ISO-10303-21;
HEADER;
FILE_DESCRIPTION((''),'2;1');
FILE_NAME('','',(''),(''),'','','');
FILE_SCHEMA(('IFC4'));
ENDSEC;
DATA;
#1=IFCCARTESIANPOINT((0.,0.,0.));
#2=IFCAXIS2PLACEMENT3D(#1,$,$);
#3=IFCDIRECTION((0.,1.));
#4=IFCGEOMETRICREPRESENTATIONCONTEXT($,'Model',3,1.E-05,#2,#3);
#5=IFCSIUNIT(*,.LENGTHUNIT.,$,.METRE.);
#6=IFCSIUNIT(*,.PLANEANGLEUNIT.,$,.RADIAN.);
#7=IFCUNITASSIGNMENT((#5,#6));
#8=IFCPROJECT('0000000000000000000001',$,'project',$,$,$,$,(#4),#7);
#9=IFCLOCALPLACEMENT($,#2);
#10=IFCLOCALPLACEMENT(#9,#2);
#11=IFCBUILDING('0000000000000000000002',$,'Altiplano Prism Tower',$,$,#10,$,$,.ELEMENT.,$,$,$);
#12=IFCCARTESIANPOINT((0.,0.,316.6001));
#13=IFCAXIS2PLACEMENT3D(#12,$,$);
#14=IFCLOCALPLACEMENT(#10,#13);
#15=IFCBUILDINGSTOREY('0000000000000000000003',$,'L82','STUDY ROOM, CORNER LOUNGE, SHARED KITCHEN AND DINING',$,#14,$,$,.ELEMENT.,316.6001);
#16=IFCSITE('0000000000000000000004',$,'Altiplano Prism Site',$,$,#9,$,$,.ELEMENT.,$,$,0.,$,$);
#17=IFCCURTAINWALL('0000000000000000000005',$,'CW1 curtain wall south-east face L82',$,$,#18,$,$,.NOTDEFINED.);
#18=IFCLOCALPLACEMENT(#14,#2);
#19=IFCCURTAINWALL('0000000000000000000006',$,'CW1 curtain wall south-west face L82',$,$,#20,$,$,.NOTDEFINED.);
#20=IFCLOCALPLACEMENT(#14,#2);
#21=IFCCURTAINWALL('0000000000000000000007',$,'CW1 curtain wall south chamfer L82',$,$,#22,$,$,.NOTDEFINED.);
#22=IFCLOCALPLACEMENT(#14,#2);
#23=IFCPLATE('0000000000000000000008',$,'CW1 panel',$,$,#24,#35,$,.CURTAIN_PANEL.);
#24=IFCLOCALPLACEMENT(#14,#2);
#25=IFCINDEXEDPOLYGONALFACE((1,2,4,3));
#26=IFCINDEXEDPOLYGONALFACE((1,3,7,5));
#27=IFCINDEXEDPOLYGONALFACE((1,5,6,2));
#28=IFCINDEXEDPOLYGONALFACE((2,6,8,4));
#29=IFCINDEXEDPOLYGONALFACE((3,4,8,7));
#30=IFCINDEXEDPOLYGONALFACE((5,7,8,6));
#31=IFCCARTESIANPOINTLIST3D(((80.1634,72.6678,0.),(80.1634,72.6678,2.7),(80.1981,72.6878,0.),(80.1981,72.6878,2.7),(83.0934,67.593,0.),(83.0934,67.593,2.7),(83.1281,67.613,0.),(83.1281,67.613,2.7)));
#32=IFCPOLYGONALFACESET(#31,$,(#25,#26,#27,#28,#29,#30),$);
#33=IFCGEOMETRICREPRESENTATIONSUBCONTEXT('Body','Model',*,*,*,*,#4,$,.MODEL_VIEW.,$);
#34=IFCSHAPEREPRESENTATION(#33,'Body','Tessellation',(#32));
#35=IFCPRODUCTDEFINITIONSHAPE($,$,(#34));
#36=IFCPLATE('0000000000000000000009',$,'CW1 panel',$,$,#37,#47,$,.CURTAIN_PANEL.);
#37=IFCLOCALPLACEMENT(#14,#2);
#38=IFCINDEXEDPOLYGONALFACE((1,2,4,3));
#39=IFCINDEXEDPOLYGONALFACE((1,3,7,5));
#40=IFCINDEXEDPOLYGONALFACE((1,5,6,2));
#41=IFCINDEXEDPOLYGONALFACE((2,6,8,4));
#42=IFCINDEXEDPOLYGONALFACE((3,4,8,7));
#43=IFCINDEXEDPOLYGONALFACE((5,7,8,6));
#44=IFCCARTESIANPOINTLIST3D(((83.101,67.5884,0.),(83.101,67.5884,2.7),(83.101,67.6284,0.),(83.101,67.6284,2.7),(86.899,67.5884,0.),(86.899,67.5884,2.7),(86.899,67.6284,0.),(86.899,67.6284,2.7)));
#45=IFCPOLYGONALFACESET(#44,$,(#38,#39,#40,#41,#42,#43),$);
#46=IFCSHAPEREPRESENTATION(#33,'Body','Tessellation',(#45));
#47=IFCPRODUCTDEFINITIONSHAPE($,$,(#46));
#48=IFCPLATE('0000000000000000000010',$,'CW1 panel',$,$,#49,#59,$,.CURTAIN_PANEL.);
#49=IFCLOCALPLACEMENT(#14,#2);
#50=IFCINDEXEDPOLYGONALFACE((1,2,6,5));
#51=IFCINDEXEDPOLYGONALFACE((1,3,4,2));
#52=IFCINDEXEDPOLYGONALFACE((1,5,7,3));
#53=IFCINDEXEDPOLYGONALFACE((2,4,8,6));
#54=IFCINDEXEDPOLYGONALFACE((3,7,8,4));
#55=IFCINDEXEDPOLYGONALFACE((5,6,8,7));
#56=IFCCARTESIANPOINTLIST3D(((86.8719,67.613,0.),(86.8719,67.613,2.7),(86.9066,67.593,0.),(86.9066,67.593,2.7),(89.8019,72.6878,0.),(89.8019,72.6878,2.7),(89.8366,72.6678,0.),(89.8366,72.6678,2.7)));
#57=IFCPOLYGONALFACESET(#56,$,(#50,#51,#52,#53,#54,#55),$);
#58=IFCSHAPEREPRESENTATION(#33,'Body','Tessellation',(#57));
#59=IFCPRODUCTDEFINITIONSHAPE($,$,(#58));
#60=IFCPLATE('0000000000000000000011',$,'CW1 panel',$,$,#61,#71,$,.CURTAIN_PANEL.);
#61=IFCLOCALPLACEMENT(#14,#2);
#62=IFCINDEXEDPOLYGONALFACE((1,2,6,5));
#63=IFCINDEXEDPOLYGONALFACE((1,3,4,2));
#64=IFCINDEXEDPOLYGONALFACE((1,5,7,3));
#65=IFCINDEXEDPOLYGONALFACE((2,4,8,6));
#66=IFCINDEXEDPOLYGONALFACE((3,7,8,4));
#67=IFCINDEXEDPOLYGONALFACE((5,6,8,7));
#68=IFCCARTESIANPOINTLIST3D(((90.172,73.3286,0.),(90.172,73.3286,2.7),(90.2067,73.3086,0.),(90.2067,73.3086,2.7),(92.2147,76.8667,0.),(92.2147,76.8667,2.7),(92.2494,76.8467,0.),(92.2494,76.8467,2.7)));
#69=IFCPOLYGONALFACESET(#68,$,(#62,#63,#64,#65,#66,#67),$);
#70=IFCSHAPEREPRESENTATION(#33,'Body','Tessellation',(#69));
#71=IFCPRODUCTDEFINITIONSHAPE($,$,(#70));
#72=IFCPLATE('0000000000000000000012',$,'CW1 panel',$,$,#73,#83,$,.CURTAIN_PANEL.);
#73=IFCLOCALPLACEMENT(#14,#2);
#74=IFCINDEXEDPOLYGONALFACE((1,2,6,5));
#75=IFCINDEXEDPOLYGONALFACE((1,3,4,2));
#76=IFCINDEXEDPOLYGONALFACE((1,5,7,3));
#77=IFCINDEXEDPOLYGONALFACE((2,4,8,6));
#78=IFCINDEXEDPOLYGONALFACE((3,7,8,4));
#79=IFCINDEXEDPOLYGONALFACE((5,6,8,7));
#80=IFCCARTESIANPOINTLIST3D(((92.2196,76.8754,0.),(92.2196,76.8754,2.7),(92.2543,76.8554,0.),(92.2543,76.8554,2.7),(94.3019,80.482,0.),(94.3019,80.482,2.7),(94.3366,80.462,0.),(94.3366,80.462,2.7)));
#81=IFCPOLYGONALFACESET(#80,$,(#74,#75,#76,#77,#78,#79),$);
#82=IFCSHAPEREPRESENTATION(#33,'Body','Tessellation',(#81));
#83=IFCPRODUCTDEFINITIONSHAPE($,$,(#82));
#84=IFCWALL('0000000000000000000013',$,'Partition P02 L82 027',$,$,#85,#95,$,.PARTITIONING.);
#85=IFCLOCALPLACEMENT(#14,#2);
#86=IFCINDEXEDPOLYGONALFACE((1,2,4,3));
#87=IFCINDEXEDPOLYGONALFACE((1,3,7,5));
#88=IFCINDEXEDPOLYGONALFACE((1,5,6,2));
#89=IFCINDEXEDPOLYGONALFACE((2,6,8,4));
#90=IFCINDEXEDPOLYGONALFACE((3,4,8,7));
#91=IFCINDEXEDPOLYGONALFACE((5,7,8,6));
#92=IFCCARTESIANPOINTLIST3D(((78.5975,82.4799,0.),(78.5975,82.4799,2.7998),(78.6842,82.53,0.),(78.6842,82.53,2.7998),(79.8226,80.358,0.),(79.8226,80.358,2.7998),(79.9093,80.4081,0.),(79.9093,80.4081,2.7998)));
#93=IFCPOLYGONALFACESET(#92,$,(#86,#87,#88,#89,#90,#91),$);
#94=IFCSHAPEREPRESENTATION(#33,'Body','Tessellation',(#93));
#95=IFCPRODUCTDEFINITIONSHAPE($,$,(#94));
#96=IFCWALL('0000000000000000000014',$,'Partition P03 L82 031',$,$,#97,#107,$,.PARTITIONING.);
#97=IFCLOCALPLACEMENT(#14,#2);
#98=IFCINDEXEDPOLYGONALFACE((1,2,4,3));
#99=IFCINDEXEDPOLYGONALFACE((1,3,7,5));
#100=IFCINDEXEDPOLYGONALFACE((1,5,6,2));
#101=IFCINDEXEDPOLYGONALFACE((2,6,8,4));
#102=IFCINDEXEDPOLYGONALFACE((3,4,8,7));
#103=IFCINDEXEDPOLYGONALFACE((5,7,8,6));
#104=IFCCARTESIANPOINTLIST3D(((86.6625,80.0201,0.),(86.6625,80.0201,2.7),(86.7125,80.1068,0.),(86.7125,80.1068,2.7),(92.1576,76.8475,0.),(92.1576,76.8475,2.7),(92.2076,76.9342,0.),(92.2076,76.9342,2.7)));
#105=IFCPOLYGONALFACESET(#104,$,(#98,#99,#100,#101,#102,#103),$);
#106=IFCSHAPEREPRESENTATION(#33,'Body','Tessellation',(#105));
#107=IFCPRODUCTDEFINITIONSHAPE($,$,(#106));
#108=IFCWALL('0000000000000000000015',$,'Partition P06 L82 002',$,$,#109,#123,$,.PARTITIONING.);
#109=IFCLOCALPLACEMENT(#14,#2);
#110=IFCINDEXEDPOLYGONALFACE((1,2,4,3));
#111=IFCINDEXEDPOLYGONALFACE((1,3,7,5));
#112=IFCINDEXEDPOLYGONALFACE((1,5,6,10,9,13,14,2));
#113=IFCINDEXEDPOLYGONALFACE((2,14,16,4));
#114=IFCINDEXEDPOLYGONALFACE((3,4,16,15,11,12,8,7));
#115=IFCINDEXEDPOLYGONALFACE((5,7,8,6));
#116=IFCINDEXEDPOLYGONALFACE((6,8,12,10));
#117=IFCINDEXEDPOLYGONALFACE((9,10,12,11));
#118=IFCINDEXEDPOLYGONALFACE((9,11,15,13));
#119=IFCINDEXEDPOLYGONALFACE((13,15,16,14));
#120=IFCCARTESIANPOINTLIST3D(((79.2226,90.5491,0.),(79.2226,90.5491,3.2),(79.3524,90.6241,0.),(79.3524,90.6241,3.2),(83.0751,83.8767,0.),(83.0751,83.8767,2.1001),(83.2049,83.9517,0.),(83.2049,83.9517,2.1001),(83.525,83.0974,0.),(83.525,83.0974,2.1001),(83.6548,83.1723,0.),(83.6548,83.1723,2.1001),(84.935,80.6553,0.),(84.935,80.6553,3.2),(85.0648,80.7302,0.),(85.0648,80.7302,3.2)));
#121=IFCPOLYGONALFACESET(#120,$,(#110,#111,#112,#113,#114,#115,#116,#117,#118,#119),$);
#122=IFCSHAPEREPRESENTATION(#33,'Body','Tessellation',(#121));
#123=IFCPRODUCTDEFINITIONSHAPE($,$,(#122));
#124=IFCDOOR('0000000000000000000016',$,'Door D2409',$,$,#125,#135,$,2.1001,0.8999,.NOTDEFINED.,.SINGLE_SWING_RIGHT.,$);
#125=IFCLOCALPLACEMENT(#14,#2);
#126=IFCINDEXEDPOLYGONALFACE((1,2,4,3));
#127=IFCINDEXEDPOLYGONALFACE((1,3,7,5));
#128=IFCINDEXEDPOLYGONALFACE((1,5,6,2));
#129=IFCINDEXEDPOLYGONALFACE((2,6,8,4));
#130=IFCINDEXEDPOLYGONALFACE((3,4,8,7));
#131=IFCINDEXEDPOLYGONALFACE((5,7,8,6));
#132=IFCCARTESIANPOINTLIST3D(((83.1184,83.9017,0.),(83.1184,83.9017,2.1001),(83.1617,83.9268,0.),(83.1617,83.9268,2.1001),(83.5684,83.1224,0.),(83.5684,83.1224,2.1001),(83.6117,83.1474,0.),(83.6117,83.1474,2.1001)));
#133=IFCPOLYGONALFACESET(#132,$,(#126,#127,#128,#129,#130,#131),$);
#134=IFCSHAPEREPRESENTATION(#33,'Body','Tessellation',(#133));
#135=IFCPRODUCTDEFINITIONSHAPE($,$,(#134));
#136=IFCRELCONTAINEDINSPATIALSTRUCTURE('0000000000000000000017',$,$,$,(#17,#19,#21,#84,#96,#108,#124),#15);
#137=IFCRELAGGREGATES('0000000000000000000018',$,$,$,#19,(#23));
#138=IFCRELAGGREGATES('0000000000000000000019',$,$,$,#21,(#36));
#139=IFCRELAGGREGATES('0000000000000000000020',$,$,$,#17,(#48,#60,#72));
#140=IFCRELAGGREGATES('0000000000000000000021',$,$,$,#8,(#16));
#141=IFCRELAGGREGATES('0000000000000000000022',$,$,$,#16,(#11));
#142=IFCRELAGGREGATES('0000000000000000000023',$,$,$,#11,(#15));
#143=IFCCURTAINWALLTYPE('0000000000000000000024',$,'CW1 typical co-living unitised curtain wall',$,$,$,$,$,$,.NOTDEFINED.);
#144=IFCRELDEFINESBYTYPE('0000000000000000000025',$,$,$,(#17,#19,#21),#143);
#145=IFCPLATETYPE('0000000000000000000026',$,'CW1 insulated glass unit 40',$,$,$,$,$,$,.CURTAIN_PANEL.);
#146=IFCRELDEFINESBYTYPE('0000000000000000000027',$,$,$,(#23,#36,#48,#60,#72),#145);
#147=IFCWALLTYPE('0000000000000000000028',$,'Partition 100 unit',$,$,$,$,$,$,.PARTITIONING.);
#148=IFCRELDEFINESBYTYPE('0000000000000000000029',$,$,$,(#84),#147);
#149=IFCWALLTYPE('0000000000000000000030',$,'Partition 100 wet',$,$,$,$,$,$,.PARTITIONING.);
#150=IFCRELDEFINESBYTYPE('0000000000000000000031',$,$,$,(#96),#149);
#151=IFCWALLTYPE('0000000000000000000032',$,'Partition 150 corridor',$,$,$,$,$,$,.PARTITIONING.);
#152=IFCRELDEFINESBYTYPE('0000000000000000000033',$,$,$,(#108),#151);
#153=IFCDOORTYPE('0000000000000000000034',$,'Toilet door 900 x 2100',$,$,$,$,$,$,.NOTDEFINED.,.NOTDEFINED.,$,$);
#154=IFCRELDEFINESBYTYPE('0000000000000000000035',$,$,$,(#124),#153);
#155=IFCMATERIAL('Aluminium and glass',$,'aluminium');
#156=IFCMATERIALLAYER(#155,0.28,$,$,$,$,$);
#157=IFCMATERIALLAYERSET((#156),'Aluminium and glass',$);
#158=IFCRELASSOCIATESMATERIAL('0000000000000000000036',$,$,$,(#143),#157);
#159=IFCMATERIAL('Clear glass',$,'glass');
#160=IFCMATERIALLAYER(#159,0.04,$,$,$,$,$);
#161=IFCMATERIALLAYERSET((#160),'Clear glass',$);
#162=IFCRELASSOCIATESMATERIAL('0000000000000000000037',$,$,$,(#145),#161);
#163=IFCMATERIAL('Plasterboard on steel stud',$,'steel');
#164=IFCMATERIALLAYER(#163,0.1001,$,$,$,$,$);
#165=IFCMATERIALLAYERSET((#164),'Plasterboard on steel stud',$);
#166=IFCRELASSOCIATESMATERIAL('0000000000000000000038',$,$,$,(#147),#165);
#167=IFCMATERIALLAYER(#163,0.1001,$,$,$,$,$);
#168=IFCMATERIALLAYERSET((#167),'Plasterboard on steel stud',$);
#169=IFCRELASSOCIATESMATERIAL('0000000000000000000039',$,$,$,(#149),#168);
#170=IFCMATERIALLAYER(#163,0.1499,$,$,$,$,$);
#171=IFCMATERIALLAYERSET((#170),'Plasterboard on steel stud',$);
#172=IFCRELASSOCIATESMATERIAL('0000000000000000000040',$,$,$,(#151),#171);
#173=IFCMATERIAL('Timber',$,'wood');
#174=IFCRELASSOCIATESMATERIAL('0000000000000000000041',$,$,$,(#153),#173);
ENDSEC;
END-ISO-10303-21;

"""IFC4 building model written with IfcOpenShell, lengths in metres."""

from ifc_helpers import new_model, si_unit, direction, frame, frame_2d, origin, origin_2d, place, context, subcontext, project, spatial, rectangle, extrude, material, layer, layer_set, type_object, element, fill, aggregate, save


model = new_model("IFC4")

# Units and contexts
model_context = context("Model", 3, precision=1e-05, world=origin(), true_north=direction((0.0, 1.0)))
body_context = subcontext(model_context, "Body", "Model", "MODEL_VIEW")
ifc_project = project(units=[si_unit("LENGTHUNIT", "METRE"), si_unit("PLANEANGLEUNIT", "RADIAN")], contexts=[model_context])

# Site, building, storey
site_placement = place(None, origin())
site = spatial("IfcSite", under=ifc_project, at=site_placement, Name="Altiplano Prism Site", CompositionType="ELEMENT", RefElevation=0.0)
building_placement = place(site_placement, origin())
building = spatial("IfcBuilding", under=site, at=building_placement, Name="Altiplano Prism Tower", CompositionType="ELEMENT")
storey_placement = place(building_placement, frame((0.0, 0.0, 316.6001)))
storey = spatial("IfcBuildingStorey", under=building, at=storey_placement, Name="L82", Description="STUDY ROOM, CORNER LOUNGE, SHARED KITCHEN AND DINING", CompositionType="ELEMENT", Elevation=316.6001)

# Curtain walls
ifc_material_1 = material(Name="Aluminium and glass", Category="aluminium")
ifc_layer_1 = layer(ifc_material_1, 0.28)
ifc_layer_set_1 = layer_set([ifc_layer_1], Name="Aluminium and glass")
curtain_wall_type = type_object("IfcCurtainWallType", Name="CW1 typical co-living unitised curtain wall", PredefinedType="NOTDEFINED", material=ifc_layer_set_1)
curtain_wall_1_placement = place(storey_placement, origin())
curtain_wall_1 = element("IfcCurtainWall", 1, at=curtain_wall_1_placement, inside=storey, type_object=curtain_wall_type, Name="CW1 curtain wall south-east face L82", PredefinedType="NOTDEFINED")
curtain_wall_2_placement = place(storey_placement, origin())
curtain_wall_2 = element("IfcCurtainWall", 2, at=curtain_wall_2_placement, inside=storey, type_object=curtain_wall_type, Name="CW1 curtain wall south-west face L82", PredefinedType="NOTDEFINED")
curtain_wall_3_placement = place(storey_placement, origin())
curtain_wall_3 = element("IfcCurtainWall", 3, at=curtain_wall_3_placement, inside=storey, type_object=curtain_wall_type, Name="CW1 curtain wall south chamfer L82", PredefinedType="NOTDEFINED")

# Plates
ifc_material_2 = material(Name="Clear glass", Category="glass")
ifc_layer_2 = layer(ifc_material_2, 0.04)
ifc_layer_set_2 = layer_set([ifc_layer_2], Name="Clear glass")
plate_type = type_object("IfcPlateType", Name="CW1 insulated glass unit 40", PredefinedType="CURTAIN_PANEL", material=ifc_layer_set_2)
plate_1_placement = place(storey_placement, frame((81.6458, 70.1404, 0.0), z_axis=(0.0, 0.0, 1.0), x_axis=(0.5, -0.866025, 0.0)))
plate_1 = element("IfcPlate", 4, at=plate_1_placement, type_object=plate_type, Name="CW1 panel", PredefinedType="CURTAIN_PANEL", context=body_context, shape_type="SweptSolid", body=[
    extrude(rectangle(XDim=5.8599, YDim=0.04, at=origin_2d()), origin(), (0.0, 0.0, 1.0), 2.7),
])
aggregate(curtain_wall_2, [plate_1])
plate_2_placement = place(storey_placement, frame((85.0, 67.6084, 0.0), z_axis=(0.0, 0.0, 1.0), x_axis=(1.0, 0.0, 0.0)))
plate_2 = element("IfcPlate", 5, at=plate_2_placement, type_object=plate_type, Name="CW1 panel", PredefinedType="CURTAIN_PANEL", context=body_context, shape_type="SweptSolid", body=[
    extrude(rectangle(XDim=3.7981, YDim=0.04, at=origin_2d()), origin(), (0.0, 0.0, 1.0), 2.7),
])
aggregate(curtain_wall_3, [plate_2])
plate_3_placement = place(storey_placement, frame((88.3542, 70.1404, 0.0), z_axis=(0.0, 0.0, 1.0), x_axis=(0.5, 0.866025, 0.0)))
plate_3 = element("IfcPlate", 6, at=plate_3_placement, type_object=plate_type, Name="CW1 panel", PredefinedType="CURTAIN_PANEL", context=body_context, shape_type="SweptSolid", body=[
    extrude(rectangle(XDim=5.8599, YDim=0.04, at=origin_2d()), origin(), (0.0, 0.0, 1.0), 2.7),
])
plate_4_placement = place(storey_placement, frame((91.2107, 75.0876, 0.0), z_axis=(0.0, 0.0, 1.0), x_axis=(0.5, 0.866025, 0.0)))
plate_4 = element("IfcPlate", 7, at=plate_4_placement, type_object=plate_type, Name="CW1 panel", PredefinedType="CURTAIN_PANEL", context=body_context, shape_type="SweptSolid", body=[
    extrude(rectangle(XDim=4.0854, YDim=0.04, at=origin_2d()), origin(), (0.0, 0.0, 1.0), 2.7),
])
plate_5_placement = place(storey_placement, frame((93.2781, 78.6687, 0.0), z_axis=(0.0, 0.0, 1.0), x_axis=(0.5, 0.866025, 0.0)))
plate_5 = element("IfcPlate", 8, at=plate_5_placement, type_object=plate_type, Name="CW1 panel", PredefinedType="CURTAIN_PANEL", context=body_context, shape_type="SweptSolid", body=[
    extrude(rectangle(XDim=4.1646, YDim=0.04, at=origin_2d()), origin(), (0.0, 0.0, 1.0), 2.7),
])
aggregate(curtain_wall_1, [plate_3, plate_4, plate_5])

# Walls
ifc_material_3 = material(Name="Plasterboard on steel stud", Category="steel")
ifc_layer_3 = layer(ifc_material_3, 0.1001)
ifc_layer_set_3 = layer_set([ifc_layer_3], Name="Plasterboard on steel stud")
wall_type_1 = type_object("IfcWallType", Name="Partition 100 unit", PredefinedType="PARTITIONING", material=ifc_layer_set_3)
wall_1_placement = place(storey_placement, frame((79.866, 80.3831, 0.0), z_axis=(0.0, 0.0, 1.0), x_axis=(-0.500019, 0.866015, 0.0)))
element("IfcWall", 9, at=wall_1_placement, inside=storey, type_object=wall_type_1, Name="Partition P02 L82 027", PredefinedType="PARTITIONING", context=body_context, shape_type="SweptSolid", body=[
    extrude(rectangle(XDim=2.4502, YDim=0.1001, at=frame_2d((1.2251, 0.0))), origin(), (0.0, 0.0, 1.0), 2.7998),
])
ifc_layer_4 = layer(ifc_material_3, 0.1001)
ifc_layer_set_4 = layer_set([ifc_layer_4], Name="Plasterboard on steel stud")
wall_type_2 = type_object("IfcWallType", Name="Partition 100 wet", PredefinedType="PARTITIONING", material=ifc_layer_set_4)
wall_2_placement = place(storey_placement, frame((92.1826, 76.8909, 0.0), z_axis=(0.0, 0.0, 1.0), x_axis=(-0.866025, 0.5, 0.0)))
element("IfcWall", 10, at=wall_2_placement, inside=storey, type_object=wall_type_2, Name="Partition P03 L82 031", PredefinedType="PARTITIONING", context=body_context, shape_type="SweptSolid", body=[
    extrude(rectangle(XDim=6.3452, YDim=0.1001, at=frame_2d((3.1726, 0.0))), origin(), (0.0, 0.0, 1.0), 2.7),
])

# Wall, opening, door
ifc_layer_5 = layer(ifc_material_3, 0.1499)
ifc_layer_set_5 = layer_set([ifc_layer_5], Name="Plasterboard on steel stud")
wall_type_3 = type_object("IfcWallType", Name="Partition 150 corridor", PredefinedType="PARTITIONING", material=ifc_layer_set_5)
wall_3_placement = place(storey_placement, frame((85.0, 80.6926, 0.0), z_axis=(0.0, 0.0, 1.0), x_axis=(-0.500014, 0.866017, 0.0)))
wall_3 = element("IfcWall", 11, at=wall_3_placement, inside=storey, type_object=wall_type_3, Name="Partition P06 L82 002", PredefinedType="PARTITIONING", context=body_context, shape_type="SweptSolid", body=[
    extrude(rectangle(XDim=11.4246, YDim=0.1499, at=frame_2d((5.7124, 0.0))), origin(), (0.0, 0.0, 1.0), 3.2),
])
opening_1_placement = place(wall_3_placement, frame((2.8201, 0.0, 0.0)))
opening_1 = element("IfcOpeningElement", 12, at=opening_1_placement, cuts=wall_3, PredefinedType="OPENING", context=body_context, shape_type="SweptSolid", body=[
    extrude(rectangle(XDim=0.8999, YDim=2.1001, at=frame_2d((0.45, 1.05))), frame((0.0, 0.0854, 0.0), z_axis=(0.0, -1.0, 0.0), x_axis=(1.0, 0.0, 0.0)), (0.0, 0.0, 1.0), 0.1709),
])
ifc_material_4 = material(Name="Timber", Category="wood")
door_type_1 = type_object("IfcDoorType", Name="Toilet door 900 x 2100", OperationType="NOTDEFINED", PredefinedType="NOTDEFINED", material=ifc_material_4)
door_1_placement = place(opening_1_placement, origin())
door_1 = element("IfcDoor", 13, at=door_1_placement, inside=storey, type_object=door_type_1, Name="Door D2409", OperationType="SINGLE_SWING_RIGHT", OverallHeight=2.1001, OverallWidth=0.8999, PredefinedType="NOTDEFINED", context=body_context, shape_type="SweptSolid", body=[
    extrude(rectangle(XDim=0.8999, YDim=2.1001, at=frame_2d((0.45, 1.05))), frame((0.0, 0.0249, 0.0), z_axis=(0.0, -1.0, 0.0), x_axis=(1.0, 0.0, 0.0)), (0.0, 0.0, 1.0), 0.05),
])
fill(opening_1, door_1)

save(model, "model.ifc")
